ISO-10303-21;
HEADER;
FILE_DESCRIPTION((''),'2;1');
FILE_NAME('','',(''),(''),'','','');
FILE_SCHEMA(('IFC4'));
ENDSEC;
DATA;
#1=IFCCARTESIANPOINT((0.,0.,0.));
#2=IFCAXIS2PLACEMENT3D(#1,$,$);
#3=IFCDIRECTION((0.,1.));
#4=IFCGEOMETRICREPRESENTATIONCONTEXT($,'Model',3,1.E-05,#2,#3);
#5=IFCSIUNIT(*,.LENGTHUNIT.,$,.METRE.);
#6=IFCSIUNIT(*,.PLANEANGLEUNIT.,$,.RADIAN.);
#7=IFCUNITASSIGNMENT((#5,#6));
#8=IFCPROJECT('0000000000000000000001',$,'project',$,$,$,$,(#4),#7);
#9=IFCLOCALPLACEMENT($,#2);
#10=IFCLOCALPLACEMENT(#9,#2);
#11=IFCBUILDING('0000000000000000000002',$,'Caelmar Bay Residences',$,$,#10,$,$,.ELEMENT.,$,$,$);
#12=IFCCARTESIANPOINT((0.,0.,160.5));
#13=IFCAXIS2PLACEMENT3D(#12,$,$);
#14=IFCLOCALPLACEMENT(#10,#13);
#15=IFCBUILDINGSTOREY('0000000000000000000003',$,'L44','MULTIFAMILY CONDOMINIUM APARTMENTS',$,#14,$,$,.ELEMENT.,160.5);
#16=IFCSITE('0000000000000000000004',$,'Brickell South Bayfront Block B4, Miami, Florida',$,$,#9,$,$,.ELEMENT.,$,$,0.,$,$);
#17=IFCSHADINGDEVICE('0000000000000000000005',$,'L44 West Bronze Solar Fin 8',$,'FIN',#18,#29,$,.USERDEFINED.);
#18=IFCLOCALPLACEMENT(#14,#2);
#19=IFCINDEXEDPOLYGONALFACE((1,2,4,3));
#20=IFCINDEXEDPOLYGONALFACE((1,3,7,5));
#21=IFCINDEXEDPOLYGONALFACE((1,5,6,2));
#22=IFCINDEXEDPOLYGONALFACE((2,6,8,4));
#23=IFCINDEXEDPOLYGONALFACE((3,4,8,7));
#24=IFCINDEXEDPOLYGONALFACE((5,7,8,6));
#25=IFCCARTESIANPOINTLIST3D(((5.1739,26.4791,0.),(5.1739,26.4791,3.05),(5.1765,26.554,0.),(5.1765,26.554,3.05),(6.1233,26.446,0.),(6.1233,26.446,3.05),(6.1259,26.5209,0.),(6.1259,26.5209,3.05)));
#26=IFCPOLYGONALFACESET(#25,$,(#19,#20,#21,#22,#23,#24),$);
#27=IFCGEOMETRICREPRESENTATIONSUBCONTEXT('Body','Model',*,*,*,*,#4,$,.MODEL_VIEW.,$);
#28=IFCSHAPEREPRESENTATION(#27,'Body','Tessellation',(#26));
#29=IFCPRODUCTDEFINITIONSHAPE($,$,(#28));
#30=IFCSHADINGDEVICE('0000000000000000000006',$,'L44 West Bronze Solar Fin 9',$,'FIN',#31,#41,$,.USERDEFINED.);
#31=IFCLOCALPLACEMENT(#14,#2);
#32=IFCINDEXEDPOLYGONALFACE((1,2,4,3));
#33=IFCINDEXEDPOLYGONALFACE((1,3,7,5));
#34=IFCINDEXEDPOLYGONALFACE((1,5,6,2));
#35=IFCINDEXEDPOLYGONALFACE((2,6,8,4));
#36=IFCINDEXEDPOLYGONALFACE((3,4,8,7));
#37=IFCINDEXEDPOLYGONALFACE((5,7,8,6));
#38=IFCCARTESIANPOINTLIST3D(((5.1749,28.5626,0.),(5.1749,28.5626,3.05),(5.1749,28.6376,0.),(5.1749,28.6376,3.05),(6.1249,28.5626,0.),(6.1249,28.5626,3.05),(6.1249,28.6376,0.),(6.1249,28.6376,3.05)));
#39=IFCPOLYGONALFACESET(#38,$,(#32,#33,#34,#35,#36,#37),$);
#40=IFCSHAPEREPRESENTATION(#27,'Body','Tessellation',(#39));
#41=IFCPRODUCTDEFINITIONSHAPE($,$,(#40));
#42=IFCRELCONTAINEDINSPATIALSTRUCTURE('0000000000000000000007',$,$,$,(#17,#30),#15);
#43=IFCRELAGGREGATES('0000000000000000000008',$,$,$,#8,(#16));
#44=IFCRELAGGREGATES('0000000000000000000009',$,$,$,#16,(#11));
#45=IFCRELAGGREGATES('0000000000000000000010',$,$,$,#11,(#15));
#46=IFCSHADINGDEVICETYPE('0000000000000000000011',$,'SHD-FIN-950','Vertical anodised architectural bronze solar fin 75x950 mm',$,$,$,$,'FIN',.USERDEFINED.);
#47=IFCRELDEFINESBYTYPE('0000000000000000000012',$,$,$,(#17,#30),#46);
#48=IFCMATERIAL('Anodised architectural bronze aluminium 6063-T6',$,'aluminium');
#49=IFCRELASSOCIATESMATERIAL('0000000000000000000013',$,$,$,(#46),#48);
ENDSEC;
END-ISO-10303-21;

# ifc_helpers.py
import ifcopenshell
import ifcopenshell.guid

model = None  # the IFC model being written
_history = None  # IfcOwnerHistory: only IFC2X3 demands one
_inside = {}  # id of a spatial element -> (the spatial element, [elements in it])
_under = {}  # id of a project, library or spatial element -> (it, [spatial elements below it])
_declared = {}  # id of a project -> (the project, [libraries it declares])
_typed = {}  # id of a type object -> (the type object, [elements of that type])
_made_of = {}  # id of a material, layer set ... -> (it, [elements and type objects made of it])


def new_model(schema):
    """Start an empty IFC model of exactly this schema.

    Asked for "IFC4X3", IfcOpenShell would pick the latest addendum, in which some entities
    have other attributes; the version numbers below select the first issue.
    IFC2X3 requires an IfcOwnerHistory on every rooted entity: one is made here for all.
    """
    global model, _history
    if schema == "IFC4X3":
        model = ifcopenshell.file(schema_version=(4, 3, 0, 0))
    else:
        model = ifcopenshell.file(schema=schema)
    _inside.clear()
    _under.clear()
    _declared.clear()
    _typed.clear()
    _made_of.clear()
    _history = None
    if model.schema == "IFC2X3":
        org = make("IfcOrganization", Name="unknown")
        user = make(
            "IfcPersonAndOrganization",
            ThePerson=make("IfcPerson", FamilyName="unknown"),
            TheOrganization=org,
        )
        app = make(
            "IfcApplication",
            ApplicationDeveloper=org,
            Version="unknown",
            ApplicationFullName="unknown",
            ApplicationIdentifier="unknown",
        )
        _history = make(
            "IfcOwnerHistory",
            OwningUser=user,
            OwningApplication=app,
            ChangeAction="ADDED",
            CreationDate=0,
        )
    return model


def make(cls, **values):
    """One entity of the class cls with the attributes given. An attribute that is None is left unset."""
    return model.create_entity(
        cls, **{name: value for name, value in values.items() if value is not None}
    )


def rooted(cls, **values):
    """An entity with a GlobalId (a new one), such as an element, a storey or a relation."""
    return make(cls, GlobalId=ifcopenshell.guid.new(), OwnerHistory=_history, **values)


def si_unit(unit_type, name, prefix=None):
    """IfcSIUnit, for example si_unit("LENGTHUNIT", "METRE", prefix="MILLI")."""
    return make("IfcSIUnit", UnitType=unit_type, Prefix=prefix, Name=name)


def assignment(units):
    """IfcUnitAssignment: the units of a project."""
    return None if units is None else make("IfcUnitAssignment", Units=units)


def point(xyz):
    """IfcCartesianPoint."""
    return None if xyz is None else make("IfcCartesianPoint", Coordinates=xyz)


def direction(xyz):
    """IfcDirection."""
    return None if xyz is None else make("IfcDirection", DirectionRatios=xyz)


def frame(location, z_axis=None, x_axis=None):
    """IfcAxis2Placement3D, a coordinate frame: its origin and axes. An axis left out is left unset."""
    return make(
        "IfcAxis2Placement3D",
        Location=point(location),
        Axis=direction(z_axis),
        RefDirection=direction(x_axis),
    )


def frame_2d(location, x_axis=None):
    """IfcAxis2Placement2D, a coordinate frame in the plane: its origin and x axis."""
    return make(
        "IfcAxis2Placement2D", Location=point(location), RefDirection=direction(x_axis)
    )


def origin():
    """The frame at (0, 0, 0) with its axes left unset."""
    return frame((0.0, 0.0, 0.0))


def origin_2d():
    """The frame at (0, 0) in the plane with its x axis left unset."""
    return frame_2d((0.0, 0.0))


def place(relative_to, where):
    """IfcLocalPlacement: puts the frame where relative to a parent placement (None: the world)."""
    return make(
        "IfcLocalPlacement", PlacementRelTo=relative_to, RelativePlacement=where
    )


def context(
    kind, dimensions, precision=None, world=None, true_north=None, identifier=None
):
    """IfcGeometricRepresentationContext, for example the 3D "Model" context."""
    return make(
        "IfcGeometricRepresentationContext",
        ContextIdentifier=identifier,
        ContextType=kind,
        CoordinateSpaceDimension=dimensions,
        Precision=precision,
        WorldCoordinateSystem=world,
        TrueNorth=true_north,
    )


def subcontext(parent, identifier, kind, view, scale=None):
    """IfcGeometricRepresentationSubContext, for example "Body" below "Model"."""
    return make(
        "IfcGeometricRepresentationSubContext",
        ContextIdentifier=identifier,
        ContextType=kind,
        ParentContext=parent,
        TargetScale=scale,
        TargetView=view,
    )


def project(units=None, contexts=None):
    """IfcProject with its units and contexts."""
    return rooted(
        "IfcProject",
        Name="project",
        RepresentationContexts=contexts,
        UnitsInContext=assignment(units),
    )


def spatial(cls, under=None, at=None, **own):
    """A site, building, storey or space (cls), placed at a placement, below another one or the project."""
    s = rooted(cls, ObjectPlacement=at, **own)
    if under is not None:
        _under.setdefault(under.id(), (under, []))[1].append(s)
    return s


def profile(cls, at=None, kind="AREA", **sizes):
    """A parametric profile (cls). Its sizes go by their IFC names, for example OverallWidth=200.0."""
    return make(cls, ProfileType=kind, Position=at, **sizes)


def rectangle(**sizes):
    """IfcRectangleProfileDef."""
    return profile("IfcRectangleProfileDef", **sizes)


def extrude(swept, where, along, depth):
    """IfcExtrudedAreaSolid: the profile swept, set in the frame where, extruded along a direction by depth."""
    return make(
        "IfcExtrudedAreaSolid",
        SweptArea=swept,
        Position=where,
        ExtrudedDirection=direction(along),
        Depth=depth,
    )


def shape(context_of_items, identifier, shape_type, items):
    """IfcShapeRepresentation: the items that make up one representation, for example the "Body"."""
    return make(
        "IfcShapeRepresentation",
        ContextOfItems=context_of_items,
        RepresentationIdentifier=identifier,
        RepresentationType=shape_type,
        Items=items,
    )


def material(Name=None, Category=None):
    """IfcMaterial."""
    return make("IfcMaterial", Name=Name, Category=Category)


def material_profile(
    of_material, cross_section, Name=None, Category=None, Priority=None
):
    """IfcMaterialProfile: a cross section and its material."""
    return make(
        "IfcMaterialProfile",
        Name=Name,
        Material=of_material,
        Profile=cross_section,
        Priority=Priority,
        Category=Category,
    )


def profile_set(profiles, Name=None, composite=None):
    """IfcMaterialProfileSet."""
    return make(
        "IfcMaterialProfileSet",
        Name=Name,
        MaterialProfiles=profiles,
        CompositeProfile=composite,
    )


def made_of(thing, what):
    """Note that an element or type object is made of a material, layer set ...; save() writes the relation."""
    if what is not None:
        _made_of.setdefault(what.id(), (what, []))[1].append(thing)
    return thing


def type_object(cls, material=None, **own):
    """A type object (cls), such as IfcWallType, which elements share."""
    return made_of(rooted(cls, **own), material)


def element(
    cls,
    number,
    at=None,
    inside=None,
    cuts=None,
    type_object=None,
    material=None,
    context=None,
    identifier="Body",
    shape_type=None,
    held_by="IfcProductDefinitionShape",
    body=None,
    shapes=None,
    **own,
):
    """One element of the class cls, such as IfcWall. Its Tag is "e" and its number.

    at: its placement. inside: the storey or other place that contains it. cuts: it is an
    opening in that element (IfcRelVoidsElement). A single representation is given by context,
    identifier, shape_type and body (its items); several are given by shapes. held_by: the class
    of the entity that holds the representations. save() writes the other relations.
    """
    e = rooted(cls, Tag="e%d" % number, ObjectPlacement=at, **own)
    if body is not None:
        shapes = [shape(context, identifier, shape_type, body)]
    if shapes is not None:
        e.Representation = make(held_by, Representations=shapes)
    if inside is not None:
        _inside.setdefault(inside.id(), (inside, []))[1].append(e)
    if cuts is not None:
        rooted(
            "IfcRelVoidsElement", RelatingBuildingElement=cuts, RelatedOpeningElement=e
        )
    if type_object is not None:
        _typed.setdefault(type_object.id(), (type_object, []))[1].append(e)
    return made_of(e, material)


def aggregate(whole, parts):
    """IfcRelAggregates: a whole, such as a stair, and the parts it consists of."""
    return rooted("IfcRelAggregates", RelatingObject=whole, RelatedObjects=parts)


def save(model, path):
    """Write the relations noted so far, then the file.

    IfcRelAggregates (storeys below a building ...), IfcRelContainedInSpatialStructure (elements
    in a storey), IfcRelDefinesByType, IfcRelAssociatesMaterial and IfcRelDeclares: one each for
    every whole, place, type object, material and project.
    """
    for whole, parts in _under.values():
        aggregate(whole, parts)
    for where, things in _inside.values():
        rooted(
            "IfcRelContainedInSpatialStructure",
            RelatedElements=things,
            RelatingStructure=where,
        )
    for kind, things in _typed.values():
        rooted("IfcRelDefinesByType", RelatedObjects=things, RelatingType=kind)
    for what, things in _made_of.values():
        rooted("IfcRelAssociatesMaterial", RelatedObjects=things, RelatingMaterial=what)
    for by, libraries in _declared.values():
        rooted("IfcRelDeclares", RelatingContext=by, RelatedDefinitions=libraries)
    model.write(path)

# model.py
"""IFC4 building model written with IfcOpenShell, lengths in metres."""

from ifc_helpers import new_model, si_unit, direction, frame, origin, origin_2d, place, context, subcontext, project, spatial, rectangle, extrude, material, material_profile, profile_set, type_object, element, save


model = new_model("IFC4")

# Units and contexts
model_context = context("Model", 3, precision=1e-05, world=origin(), true_north=direction((0.0, 1.0)))
body_context = subcontext(model_context, "Body", "Model", "MODEL_VIEW")
ifc_project = project(units=[si_unit("LENGTHUNIT", "METRE"), si_unit("PLANEANGLEUNIT", "RADIAN")], contexts=[model_context])

# Site, building, storey
site_placement = place(None, origin())
site = spatial("IfcSite", under=ifc_project, at=site_placement, Name="Brickell South Bayfront Block B4, Miami, Florida", CompositionType="ELEMENT", RefElevation=0.0)
building_placement = place(site_placement, origin())
building = spatial("IfcBuilding", under=site, at=building_placement, Name="Caelmar Bay Residences", CompositionType="ELEMENT")
storey_placement = place(building_placement, frame((0.0, 0.0, 160.5)))
storey = spatial("IfcBuildingStorey", under=building, at=storey_placement, Name="L44", Description="MULTIFAMILY CONDOMINIUM APARTMENTS", CompositionType="ELEMENT", Elevation=160.5)

# Shading devices
ifc_material_1 = material(Name="Anodised architectural bronze aluminium 6063-T6", Category="aluminium")
ifc_material_profile_1 = material_profile(ifc_material_1, rectangle(XDim=0.075, YDim=0.95, at=origin_2d()), Name="BRONZE-FIN-75X950")
ifc_profile_set_1 = profile_set([ifc_material_profile_1], Name="Anodised architectural bronze aluminium 6063-T6")
shading_device_type = type_object("IfcShadingDeviceType", Name="SHD-FIN-950", Description="Vertical anodised architectural bronze solar fin 75x950 mm", ElementType="FIN", PredefinedType="USERDEFINED", material=ifc_profile_set_1)
for number, where, z_axis, x_axis, name in (
    (1, (5.6499, 26.5, 0.0), (0.0, 0.0, 1.0), (0.034899, 0.999391, 0.0), "L44 West Bronze Solar Fin 8"),
    (2, (5.6499, 28.6001, 0.0), (0.0, 0.0, 1.0), (0.0, 1.0, 0.0), "L44 West Bronze Solar Fin 9"),
):
    element("IfcShadingDevice", number, at=place(storey_placement, frame(where, z_axis=z_axis, x_axis=x_axis)), inside=storey, type_object=shading_device_type, Name=name, ObjectType="FIN", PredefinedType="USERDEFINED", context=body_context, shape_type="SweptSolid", body=[
        extrude(rectangle(XDim=0.075, YDim=0.95, at=origin_2d()), origin(), (0.0, 0.0, 1.0), 3.05),
    ])

save(model, "model.ifc")
